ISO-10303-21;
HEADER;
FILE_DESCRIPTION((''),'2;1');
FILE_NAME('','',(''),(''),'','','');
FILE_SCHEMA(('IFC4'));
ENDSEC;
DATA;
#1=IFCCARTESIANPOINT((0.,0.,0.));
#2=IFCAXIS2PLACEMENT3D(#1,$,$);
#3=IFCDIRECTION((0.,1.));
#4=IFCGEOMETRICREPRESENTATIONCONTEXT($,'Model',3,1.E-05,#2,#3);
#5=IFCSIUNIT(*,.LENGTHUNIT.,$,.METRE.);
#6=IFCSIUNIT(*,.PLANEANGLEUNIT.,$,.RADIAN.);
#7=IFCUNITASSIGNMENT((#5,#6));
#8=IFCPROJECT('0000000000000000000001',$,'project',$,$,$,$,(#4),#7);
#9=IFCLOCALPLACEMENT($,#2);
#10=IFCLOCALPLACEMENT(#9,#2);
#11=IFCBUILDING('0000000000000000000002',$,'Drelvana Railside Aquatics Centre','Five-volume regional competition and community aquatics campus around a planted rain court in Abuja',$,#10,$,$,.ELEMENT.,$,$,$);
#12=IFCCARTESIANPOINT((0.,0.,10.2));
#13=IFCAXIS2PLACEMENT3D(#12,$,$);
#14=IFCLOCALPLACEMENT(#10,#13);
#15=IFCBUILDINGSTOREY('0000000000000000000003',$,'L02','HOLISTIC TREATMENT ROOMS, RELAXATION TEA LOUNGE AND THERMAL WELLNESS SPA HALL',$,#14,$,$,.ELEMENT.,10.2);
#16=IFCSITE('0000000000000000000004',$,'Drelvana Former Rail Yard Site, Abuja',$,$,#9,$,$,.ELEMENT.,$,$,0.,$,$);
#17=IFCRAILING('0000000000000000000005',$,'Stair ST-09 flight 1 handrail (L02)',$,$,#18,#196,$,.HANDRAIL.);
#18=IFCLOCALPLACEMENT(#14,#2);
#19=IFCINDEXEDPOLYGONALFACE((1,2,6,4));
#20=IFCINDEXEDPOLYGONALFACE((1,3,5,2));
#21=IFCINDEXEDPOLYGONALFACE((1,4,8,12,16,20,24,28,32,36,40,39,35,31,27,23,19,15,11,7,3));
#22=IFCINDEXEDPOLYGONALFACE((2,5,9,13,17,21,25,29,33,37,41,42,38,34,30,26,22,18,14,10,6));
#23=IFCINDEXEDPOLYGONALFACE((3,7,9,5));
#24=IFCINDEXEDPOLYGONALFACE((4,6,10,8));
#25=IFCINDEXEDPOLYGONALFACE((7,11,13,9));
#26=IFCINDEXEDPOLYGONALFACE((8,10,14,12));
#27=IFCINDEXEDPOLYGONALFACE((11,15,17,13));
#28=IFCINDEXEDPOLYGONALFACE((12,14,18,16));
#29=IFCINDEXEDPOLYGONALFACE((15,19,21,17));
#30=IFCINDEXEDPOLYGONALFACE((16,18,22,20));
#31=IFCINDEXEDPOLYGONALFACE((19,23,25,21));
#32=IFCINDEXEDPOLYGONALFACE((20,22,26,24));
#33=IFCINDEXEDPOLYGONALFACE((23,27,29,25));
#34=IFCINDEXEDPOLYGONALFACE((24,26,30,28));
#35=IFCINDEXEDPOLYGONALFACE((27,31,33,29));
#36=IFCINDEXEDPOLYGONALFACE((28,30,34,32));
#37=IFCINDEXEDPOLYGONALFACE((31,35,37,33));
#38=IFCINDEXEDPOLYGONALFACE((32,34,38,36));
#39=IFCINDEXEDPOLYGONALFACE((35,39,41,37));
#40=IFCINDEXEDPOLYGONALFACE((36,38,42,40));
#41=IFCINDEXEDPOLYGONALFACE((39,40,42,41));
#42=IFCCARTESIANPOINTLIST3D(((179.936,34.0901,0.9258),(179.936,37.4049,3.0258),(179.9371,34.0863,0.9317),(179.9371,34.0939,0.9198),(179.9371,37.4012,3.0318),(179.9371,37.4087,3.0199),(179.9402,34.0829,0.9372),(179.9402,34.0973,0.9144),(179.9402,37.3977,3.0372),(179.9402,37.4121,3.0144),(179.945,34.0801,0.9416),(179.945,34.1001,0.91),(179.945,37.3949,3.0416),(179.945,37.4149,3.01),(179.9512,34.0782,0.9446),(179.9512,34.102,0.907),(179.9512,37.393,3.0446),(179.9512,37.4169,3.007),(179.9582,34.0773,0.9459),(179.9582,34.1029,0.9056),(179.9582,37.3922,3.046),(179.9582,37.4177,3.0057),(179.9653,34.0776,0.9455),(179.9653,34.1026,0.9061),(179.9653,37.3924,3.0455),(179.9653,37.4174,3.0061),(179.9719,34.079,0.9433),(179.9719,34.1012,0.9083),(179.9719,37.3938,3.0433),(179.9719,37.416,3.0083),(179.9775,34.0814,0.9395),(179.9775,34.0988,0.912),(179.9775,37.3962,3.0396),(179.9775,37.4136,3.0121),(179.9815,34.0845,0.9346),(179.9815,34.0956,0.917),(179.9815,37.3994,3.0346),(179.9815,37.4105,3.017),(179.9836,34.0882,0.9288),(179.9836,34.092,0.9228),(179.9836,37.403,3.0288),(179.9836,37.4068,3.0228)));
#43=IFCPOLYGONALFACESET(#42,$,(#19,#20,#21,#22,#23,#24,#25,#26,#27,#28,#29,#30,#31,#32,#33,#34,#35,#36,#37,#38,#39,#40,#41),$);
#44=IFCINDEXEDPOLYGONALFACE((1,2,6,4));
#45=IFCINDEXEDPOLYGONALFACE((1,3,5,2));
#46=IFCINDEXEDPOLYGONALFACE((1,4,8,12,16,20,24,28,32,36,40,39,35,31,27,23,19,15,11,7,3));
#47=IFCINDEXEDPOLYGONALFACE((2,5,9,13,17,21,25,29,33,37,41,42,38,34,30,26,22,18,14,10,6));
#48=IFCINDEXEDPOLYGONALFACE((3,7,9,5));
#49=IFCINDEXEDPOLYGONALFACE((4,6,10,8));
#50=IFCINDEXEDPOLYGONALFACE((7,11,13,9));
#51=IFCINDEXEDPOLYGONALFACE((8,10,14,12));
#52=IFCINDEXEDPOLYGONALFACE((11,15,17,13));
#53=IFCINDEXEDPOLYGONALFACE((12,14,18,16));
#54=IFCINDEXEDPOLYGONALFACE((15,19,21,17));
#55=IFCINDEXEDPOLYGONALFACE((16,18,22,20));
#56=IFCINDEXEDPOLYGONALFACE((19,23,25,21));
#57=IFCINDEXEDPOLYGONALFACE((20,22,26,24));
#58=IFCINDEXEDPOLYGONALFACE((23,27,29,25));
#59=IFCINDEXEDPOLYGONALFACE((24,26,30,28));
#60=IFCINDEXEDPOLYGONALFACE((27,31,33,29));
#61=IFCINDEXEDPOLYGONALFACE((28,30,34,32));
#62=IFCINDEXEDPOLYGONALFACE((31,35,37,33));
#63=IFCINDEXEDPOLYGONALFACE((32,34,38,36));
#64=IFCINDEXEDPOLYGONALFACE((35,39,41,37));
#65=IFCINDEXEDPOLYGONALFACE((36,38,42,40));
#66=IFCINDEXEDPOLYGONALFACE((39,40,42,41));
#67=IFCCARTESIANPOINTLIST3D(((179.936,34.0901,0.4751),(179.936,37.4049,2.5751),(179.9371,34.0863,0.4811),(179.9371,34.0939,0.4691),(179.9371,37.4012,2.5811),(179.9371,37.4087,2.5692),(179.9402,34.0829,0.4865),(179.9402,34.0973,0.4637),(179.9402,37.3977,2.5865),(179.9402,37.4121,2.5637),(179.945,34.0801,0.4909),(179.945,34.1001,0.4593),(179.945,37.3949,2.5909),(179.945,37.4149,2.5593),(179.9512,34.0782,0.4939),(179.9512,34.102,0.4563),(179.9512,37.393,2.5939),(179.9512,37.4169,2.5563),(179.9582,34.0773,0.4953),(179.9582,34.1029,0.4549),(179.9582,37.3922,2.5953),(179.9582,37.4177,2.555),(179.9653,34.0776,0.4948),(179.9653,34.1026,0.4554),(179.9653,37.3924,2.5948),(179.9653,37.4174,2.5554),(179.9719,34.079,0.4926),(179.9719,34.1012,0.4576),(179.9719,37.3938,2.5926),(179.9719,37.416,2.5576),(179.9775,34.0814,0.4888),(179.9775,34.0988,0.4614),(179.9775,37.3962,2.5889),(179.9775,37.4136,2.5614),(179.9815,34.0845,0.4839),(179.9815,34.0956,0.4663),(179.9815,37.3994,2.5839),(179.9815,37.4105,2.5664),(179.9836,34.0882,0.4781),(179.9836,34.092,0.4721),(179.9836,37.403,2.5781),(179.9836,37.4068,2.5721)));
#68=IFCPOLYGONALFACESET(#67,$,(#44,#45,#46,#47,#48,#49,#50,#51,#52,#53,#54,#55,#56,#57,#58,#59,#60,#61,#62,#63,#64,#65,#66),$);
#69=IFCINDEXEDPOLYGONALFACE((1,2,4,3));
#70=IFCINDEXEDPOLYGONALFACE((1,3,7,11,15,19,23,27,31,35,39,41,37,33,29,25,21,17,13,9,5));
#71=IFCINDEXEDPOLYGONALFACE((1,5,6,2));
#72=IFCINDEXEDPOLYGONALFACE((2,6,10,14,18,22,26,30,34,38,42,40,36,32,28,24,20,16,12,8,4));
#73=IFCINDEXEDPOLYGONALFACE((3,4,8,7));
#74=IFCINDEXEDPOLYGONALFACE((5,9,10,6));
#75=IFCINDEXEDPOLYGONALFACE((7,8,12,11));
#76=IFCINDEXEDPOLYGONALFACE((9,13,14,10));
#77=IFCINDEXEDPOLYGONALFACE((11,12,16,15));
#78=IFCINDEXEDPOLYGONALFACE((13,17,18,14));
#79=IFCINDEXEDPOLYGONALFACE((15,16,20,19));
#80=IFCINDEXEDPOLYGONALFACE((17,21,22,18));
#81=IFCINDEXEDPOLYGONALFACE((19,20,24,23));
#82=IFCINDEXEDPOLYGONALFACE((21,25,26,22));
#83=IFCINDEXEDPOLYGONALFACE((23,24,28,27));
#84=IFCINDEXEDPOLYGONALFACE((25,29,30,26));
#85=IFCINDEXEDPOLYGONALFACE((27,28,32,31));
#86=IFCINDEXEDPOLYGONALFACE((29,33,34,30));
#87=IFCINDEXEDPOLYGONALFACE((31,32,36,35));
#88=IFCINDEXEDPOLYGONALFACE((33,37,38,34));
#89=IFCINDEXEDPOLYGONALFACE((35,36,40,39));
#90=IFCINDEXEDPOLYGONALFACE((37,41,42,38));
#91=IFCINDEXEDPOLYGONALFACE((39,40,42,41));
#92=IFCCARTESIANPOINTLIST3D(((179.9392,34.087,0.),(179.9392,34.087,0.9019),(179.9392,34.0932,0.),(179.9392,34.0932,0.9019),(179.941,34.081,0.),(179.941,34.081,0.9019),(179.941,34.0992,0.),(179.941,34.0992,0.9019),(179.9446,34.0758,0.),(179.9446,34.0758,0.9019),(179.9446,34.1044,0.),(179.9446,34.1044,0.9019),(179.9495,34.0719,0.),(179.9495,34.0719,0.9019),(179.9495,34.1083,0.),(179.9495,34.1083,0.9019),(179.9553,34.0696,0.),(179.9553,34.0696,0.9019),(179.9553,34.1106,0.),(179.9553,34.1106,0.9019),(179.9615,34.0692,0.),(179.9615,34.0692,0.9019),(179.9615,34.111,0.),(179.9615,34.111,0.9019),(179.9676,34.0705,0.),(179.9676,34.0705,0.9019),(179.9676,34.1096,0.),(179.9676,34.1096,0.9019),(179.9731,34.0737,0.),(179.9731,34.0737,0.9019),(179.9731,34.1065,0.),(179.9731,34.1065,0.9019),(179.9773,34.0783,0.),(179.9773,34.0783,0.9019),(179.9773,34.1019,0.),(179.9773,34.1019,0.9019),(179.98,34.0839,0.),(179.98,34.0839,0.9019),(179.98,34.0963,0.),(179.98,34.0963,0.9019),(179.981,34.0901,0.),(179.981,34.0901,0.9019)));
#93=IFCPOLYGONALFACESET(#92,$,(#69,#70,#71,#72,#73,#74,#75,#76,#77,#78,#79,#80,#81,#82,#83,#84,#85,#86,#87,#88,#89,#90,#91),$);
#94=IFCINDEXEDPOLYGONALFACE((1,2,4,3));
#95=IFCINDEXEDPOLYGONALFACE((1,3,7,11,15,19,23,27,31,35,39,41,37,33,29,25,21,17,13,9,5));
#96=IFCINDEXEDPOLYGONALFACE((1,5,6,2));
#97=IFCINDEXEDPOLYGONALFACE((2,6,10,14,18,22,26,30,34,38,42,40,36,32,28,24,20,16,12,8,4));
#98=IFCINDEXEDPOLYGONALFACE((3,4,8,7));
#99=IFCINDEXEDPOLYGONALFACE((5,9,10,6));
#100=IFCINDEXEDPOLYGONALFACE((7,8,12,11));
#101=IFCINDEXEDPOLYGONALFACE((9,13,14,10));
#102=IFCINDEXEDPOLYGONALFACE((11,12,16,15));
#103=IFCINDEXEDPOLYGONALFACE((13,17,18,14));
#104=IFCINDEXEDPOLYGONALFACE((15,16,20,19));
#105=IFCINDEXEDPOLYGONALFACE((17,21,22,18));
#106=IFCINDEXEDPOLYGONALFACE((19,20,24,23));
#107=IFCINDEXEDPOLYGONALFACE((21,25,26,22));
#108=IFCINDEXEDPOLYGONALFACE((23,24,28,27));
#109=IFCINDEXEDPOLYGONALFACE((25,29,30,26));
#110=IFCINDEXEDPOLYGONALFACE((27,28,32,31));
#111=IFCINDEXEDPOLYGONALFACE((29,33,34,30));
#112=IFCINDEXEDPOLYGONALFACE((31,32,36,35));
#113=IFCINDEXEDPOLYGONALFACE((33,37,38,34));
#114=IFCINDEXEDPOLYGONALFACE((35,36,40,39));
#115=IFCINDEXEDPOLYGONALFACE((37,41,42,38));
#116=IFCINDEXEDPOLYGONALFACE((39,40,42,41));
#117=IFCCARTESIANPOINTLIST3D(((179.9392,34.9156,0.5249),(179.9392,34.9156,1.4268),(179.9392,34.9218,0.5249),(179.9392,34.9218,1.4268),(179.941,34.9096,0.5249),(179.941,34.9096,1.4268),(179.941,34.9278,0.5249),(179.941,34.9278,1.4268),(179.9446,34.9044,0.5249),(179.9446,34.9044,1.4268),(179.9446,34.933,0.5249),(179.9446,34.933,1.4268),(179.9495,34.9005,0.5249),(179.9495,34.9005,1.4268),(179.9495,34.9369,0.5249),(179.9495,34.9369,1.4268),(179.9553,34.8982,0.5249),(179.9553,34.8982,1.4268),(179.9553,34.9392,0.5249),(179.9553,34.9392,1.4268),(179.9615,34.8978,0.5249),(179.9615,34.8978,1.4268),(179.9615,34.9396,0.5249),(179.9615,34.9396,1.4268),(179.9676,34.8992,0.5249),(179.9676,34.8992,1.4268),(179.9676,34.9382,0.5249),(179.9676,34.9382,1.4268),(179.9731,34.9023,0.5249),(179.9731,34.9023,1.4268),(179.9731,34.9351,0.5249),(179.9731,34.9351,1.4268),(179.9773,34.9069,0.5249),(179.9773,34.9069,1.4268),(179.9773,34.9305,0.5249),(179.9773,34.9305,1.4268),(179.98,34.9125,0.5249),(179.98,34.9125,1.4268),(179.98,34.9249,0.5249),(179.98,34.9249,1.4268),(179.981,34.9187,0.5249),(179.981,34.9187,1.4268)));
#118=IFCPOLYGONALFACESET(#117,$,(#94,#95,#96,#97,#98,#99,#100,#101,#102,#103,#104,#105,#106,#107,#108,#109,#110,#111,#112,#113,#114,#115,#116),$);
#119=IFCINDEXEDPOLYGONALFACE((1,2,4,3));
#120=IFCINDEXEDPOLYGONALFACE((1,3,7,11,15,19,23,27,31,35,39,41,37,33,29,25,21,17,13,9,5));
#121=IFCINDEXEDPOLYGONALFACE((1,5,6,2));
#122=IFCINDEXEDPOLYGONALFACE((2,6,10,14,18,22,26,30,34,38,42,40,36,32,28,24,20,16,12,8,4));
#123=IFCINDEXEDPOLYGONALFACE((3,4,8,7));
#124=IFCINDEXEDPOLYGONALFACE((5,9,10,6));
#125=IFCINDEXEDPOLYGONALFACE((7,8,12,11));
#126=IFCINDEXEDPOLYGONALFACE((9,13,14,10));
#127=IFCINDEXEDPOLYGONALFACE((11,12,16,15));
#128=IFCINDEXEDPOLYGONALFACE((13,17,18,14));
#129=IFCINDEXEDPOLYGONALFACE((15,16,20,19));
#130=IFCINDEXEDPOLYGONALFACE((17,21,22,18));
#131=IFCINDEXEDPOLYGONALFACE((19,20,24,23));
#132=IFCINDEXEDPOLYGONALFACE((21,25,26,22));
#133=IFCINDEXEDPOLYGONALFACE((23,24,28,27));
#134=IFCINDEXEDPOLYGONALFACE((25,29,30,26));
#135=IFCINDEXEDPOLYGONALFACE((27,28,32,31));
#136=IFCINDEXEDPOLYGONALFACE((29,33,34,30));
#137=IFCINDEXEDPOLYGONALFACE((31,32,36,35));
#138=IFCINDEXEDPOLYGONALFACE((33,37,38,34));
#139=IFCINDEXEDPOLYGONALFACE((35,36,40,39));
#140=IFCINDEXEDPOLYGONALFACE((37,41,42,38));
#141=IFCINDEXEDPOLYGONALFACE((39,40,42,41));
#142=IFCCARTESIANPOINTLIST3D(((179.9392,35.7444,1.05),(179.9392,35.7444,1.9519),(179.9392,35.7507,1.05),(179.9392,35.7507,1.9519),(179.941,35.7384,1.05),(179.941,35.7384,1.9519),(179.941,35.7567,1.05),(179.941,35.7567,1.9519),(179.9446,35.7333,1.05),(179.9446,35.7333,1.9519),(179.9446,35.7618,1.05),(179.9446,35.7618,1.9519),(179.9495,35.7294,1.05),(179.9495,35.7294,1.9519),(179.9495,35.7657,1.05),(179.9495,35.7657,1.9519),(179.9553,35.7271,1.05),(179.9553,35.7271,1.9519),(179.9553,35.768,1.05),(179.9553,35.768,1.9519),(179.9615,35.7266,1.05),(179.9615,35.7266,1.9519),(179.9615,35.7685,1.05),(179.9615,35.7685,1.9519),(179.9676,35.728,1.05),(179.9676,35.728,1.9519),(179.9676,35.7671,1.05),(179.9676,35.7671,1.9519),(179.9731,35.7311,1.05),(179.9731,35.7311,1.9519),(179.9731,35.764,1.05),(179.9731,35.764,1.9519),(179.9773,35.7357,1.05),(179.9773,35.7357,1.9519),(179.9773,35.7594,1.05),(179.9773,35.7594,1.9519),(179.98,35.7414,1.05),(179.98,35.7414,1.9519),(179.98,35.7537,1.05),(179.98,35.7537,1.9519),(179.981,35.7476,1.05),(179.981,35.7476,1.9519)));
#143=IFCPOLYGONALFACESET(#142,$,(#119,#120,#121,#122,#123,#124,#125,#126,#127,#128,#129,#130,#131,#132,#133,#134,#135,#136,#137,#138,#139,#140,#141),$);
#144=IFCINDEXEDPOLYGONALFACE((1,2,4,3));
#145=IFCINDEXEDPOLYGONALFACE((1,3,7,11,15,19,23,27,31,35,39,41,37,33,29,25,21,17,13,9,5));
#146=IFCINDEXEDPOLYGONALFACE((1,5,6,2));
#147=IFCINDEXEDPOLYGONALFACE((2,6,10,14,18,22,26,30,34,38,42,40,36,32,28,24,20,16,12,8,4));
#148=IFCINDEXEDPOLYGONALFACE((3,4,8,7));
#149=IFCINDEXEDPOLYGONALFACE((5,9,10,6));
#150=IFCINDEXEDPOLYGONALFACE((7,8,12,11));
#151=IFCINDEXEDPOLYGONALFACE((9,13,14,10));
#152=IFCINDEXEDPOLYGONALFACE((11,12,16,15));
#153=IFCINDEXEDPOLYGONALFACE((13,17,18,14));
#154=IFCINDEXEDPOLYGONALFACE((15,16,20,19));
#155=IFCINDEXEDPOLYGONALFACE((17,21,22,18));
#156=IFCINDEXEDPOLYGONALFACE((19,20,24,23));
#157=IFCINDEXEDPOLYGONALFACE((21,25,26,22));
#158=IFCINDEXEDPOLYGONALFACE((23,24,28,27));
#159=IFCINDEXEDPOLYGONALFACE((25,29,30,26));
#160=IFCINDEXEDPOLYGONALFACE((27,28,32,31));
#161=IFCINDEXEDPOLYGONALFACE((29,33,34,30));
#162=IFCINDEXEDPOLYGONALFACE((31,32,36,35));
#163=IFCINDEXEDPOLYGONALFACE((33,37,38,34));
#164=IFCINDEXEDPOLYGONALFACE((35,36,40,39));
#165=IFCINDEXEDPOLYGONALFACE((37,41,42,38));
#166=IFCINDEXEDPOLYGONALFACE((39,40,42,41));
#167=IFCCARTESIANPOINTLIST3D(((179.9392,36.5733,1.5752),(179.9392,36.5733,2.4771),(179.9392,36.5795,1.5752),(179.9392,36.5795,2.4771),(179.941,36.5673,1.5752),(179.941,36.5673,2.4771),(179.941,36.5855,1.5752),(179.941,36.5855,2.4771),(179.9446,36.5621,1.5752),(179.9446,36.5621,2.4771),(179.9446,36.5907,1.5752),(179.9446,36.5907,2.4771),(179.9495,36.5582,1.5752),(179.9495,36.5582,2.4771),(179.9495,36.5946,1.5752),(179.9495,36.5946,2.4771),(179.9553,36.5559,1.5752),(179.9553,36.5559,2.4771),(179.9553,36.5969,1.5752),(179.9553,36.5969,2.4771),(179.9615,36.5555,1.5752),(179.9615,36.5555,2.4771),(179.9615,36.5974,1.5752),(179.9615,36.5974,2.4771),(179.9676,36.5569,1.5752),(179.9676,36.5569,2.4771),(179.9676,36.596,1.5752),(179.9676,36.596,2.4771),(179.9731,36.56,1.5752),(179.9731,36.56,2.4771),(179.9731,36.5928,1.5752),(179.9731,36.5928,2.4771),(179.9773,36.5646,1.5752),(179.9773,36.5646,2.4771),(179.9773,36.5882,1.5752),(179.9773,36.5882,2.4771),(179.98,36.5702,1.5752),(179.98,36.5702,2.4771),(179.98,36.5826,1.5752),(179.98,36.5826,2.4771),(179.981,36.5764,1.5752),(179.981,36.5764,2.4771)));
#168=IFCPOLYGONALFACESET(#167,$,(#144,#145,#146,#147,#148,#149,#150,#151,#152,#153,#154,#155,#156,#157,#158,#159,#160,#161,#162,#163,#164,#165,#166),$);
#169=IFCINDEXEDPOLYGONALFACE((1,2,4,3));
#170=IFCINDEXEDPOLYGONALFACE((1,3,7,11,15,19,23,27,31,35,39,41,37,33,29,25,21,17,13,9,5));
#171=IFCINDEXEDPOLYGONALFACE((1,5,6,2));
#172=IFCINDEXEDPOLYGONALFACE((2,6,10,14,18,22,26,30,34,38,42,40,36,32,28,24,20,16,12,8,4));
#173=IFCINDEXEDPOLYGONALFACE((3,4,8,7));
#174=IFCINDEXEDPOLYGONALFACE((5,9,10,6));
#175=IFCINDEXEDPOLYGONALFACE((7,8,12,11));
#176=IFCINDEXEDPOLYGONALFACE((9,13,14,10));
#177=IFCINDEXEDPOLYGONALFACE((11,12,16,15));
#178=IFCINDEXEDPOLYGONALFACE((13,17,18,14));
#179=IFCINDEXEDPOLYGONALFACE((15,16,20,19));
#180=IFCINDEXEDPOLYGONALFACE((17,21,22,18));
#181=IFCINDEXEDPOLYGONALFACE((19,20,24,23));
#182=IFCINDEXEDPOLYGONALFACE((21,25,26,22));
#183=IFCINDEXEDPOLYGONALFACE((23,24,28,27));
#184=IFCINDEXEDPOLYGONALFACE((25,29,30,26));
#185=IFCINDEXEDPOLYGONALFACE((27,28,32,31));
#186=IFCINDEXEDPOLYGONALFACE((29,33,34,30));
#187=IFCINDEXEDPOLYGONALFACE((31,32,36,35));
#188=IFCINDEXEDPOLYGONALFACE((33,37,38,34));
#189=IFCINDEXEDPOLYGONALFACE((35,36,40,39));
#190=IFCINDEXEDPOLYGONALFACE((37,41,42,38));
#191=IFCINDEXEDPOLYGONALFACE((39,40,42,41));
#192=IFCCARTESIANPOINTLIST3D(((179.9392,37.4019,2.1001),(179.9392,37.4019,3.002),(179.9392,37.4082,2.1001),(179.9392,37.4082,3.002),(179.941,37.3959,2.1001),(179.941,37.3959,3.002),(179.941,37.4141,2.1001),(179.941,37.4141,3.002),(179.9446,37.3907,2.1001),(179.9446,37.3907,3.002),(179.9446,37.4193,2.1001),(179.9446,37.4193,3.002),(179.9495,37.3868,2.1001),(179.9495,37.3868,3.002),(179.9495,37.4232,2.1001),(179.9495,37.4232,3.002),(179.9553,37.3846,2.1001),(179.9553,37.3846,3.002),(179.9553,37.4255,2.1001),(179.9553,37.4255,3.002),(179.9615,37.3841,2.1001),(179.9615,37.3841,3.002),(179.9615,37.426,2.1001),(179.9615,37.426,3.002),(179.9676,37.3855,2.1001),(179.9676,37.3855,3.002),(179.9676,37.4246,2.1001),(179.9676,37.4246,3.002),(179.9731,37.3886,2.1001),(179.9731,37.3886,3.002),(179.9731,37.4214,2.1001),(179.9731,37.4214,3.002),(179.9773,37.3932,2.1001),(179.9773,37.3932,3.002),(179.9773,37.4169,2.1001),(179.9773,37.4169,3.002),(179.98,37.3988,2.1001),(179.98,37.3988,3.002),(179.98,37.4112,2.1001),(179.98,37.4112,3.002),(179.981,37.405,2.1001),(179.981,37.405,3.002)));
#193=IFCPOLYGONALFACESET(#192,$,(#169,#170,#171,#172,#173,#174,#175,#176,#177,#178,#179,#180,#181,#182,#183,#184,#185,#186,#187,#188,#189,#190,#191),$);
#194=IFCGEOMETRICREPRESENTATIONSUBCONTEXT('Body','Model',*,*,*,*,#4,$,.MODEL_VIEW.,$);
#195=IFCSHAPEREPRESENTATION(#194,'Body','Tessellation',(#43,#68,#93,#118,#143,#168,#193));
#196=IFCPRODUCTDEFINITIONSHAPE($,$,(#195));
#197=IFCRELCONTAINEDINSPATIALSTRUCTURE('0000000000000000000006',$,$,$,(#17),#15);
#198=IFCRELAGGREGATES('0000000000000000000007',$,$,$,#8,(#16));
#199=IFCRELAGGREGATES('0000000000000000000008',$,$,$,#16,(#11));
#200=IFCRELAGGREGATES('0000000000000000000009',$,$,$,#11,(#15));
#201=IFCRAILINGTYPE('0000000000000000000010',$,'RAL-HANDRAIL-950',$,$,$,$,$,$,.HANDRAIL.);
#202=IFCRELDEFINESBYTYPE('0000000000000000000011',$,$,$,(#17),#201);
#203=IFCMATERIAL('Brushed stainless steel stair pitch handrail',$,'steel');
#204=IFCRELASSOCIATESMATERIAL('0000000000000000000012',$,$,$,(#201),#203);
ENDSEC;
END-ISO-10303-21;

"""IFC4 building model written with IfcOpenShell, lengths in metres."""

from ifc_helpers import new_model, si_unit, direction, frame, origin, origin_2d, place, context, subcontext, project, spatial, circle, extrude, material, type_object, element, save


model = new_model("IFC4")

# Units and contexts
model_context = context("Model", 3, precision=1e-05, world=origin(), true_north=direction((0.0, 1.0)))
body_context = subcontext(model_context, "Body", "Model", "MODEL_VIEW")
ifc_project = project(units=[si_unit("LENGTHUNIT", "METRE"), si_unit("PLANEANGLEUNIT", "RADIAN")], contexts=[model_context])

# Site, building, storey
site_placement = place(None, origin())
site = spatial("IfcSite", under=ifc_project, at=site_placement, Name="Drelvana Former Rail Yard Site, Abuja", CompositionType="ELEMENT", RefElevation=0.0)
building_placement = place(site_placement, origin())
building = spatial("IfcBuilding", under=site, at=building_placement, Name="Drelvana Railside Aquatics Centre", Description="Five-volume regional competition and community aquatics campus around a planted rain court in Abuja", CompositionType="ELEMENT")
storey_placement = place(building_placement, frame((0.0, 0.0, 10.2)))
storey = spatial("IfcBuildingStorey", under=building, at=storey_placement, Name="L02", Description="HOLISTIC TREATMENT ROOMS, RELAXATION TEA LOUNGE AND THERMAL WELLNESS SPA HALL", CompositionType="ELEMENT", Elevation=10.2)

# Railing
ifc_material_1 = material(Name="Brushed stainless steel stair pitch handrail", Category="steel")
railing_type = type_object("IfcRailingType", Name="RAL-HANDRAIL-950", PredefinedType="HANDRAIL", material=ifc_material_1)
railing_1_placement = place(storey_placement, frame((179.96, 34.0901, 0.0)))
element("IfcRailing", 1, at=railing_1_placement, inside=storey, type_object=railing_type, Name="Stair ST-09 flight 1 handrail (L02)", PredefinedType="HANDRAIL", context=body_context, shape_type="SweptSolid", body=[
    extrude(circle(Radius=0.0239, at=origin_2d()), frame((0.0, 0.0, 0.9258), z_axis=(0.0, 0.844746, 0.535168), x_axis=(-1.0, 0.0, 0.0)), (0.0, 0.0, 1.0), 3.9241),
    extrude(circle(Radius=0.0239, at=origin_2d()), frame((0.0, 0.0, 0.4751), z_axis=(0.0, 0.844746, 0.535168), x_axis=(-1.0, 0.0, 0.0)), (0.0, 0.0, 1.0), 3.9241),
    extrude(circle(Radius=0.021, at=origin_2d()), origin(), (0.0, 0.0, 1.0), 0.9019),
    extrude(circle(Radius=0.021, at=origin_2d()), frame((0.0, 0.8286, 0.5249)), (0.0, 0.0, 1.0), 0.9019),
    extrude(circle(Radius=0.021, at=origin_2d()), frame((0.0, 1.6575, 1.05)), (0.0, 0.0, 1.0), 0.9019),
    extrude(circle(Radius=0.021, at=origin_2d()), frame((0.0, 2.4863, 1.5752)), (0.0, 0.0, 1.0), 0.9019),
    extrude(circle(Radius=0.021, at=origin_2d()), frame((0.0, 3.3149, 2.1001)), (0.0, 0.0, 1.0), 0.9019),
])

save(model, "model.ifc")
